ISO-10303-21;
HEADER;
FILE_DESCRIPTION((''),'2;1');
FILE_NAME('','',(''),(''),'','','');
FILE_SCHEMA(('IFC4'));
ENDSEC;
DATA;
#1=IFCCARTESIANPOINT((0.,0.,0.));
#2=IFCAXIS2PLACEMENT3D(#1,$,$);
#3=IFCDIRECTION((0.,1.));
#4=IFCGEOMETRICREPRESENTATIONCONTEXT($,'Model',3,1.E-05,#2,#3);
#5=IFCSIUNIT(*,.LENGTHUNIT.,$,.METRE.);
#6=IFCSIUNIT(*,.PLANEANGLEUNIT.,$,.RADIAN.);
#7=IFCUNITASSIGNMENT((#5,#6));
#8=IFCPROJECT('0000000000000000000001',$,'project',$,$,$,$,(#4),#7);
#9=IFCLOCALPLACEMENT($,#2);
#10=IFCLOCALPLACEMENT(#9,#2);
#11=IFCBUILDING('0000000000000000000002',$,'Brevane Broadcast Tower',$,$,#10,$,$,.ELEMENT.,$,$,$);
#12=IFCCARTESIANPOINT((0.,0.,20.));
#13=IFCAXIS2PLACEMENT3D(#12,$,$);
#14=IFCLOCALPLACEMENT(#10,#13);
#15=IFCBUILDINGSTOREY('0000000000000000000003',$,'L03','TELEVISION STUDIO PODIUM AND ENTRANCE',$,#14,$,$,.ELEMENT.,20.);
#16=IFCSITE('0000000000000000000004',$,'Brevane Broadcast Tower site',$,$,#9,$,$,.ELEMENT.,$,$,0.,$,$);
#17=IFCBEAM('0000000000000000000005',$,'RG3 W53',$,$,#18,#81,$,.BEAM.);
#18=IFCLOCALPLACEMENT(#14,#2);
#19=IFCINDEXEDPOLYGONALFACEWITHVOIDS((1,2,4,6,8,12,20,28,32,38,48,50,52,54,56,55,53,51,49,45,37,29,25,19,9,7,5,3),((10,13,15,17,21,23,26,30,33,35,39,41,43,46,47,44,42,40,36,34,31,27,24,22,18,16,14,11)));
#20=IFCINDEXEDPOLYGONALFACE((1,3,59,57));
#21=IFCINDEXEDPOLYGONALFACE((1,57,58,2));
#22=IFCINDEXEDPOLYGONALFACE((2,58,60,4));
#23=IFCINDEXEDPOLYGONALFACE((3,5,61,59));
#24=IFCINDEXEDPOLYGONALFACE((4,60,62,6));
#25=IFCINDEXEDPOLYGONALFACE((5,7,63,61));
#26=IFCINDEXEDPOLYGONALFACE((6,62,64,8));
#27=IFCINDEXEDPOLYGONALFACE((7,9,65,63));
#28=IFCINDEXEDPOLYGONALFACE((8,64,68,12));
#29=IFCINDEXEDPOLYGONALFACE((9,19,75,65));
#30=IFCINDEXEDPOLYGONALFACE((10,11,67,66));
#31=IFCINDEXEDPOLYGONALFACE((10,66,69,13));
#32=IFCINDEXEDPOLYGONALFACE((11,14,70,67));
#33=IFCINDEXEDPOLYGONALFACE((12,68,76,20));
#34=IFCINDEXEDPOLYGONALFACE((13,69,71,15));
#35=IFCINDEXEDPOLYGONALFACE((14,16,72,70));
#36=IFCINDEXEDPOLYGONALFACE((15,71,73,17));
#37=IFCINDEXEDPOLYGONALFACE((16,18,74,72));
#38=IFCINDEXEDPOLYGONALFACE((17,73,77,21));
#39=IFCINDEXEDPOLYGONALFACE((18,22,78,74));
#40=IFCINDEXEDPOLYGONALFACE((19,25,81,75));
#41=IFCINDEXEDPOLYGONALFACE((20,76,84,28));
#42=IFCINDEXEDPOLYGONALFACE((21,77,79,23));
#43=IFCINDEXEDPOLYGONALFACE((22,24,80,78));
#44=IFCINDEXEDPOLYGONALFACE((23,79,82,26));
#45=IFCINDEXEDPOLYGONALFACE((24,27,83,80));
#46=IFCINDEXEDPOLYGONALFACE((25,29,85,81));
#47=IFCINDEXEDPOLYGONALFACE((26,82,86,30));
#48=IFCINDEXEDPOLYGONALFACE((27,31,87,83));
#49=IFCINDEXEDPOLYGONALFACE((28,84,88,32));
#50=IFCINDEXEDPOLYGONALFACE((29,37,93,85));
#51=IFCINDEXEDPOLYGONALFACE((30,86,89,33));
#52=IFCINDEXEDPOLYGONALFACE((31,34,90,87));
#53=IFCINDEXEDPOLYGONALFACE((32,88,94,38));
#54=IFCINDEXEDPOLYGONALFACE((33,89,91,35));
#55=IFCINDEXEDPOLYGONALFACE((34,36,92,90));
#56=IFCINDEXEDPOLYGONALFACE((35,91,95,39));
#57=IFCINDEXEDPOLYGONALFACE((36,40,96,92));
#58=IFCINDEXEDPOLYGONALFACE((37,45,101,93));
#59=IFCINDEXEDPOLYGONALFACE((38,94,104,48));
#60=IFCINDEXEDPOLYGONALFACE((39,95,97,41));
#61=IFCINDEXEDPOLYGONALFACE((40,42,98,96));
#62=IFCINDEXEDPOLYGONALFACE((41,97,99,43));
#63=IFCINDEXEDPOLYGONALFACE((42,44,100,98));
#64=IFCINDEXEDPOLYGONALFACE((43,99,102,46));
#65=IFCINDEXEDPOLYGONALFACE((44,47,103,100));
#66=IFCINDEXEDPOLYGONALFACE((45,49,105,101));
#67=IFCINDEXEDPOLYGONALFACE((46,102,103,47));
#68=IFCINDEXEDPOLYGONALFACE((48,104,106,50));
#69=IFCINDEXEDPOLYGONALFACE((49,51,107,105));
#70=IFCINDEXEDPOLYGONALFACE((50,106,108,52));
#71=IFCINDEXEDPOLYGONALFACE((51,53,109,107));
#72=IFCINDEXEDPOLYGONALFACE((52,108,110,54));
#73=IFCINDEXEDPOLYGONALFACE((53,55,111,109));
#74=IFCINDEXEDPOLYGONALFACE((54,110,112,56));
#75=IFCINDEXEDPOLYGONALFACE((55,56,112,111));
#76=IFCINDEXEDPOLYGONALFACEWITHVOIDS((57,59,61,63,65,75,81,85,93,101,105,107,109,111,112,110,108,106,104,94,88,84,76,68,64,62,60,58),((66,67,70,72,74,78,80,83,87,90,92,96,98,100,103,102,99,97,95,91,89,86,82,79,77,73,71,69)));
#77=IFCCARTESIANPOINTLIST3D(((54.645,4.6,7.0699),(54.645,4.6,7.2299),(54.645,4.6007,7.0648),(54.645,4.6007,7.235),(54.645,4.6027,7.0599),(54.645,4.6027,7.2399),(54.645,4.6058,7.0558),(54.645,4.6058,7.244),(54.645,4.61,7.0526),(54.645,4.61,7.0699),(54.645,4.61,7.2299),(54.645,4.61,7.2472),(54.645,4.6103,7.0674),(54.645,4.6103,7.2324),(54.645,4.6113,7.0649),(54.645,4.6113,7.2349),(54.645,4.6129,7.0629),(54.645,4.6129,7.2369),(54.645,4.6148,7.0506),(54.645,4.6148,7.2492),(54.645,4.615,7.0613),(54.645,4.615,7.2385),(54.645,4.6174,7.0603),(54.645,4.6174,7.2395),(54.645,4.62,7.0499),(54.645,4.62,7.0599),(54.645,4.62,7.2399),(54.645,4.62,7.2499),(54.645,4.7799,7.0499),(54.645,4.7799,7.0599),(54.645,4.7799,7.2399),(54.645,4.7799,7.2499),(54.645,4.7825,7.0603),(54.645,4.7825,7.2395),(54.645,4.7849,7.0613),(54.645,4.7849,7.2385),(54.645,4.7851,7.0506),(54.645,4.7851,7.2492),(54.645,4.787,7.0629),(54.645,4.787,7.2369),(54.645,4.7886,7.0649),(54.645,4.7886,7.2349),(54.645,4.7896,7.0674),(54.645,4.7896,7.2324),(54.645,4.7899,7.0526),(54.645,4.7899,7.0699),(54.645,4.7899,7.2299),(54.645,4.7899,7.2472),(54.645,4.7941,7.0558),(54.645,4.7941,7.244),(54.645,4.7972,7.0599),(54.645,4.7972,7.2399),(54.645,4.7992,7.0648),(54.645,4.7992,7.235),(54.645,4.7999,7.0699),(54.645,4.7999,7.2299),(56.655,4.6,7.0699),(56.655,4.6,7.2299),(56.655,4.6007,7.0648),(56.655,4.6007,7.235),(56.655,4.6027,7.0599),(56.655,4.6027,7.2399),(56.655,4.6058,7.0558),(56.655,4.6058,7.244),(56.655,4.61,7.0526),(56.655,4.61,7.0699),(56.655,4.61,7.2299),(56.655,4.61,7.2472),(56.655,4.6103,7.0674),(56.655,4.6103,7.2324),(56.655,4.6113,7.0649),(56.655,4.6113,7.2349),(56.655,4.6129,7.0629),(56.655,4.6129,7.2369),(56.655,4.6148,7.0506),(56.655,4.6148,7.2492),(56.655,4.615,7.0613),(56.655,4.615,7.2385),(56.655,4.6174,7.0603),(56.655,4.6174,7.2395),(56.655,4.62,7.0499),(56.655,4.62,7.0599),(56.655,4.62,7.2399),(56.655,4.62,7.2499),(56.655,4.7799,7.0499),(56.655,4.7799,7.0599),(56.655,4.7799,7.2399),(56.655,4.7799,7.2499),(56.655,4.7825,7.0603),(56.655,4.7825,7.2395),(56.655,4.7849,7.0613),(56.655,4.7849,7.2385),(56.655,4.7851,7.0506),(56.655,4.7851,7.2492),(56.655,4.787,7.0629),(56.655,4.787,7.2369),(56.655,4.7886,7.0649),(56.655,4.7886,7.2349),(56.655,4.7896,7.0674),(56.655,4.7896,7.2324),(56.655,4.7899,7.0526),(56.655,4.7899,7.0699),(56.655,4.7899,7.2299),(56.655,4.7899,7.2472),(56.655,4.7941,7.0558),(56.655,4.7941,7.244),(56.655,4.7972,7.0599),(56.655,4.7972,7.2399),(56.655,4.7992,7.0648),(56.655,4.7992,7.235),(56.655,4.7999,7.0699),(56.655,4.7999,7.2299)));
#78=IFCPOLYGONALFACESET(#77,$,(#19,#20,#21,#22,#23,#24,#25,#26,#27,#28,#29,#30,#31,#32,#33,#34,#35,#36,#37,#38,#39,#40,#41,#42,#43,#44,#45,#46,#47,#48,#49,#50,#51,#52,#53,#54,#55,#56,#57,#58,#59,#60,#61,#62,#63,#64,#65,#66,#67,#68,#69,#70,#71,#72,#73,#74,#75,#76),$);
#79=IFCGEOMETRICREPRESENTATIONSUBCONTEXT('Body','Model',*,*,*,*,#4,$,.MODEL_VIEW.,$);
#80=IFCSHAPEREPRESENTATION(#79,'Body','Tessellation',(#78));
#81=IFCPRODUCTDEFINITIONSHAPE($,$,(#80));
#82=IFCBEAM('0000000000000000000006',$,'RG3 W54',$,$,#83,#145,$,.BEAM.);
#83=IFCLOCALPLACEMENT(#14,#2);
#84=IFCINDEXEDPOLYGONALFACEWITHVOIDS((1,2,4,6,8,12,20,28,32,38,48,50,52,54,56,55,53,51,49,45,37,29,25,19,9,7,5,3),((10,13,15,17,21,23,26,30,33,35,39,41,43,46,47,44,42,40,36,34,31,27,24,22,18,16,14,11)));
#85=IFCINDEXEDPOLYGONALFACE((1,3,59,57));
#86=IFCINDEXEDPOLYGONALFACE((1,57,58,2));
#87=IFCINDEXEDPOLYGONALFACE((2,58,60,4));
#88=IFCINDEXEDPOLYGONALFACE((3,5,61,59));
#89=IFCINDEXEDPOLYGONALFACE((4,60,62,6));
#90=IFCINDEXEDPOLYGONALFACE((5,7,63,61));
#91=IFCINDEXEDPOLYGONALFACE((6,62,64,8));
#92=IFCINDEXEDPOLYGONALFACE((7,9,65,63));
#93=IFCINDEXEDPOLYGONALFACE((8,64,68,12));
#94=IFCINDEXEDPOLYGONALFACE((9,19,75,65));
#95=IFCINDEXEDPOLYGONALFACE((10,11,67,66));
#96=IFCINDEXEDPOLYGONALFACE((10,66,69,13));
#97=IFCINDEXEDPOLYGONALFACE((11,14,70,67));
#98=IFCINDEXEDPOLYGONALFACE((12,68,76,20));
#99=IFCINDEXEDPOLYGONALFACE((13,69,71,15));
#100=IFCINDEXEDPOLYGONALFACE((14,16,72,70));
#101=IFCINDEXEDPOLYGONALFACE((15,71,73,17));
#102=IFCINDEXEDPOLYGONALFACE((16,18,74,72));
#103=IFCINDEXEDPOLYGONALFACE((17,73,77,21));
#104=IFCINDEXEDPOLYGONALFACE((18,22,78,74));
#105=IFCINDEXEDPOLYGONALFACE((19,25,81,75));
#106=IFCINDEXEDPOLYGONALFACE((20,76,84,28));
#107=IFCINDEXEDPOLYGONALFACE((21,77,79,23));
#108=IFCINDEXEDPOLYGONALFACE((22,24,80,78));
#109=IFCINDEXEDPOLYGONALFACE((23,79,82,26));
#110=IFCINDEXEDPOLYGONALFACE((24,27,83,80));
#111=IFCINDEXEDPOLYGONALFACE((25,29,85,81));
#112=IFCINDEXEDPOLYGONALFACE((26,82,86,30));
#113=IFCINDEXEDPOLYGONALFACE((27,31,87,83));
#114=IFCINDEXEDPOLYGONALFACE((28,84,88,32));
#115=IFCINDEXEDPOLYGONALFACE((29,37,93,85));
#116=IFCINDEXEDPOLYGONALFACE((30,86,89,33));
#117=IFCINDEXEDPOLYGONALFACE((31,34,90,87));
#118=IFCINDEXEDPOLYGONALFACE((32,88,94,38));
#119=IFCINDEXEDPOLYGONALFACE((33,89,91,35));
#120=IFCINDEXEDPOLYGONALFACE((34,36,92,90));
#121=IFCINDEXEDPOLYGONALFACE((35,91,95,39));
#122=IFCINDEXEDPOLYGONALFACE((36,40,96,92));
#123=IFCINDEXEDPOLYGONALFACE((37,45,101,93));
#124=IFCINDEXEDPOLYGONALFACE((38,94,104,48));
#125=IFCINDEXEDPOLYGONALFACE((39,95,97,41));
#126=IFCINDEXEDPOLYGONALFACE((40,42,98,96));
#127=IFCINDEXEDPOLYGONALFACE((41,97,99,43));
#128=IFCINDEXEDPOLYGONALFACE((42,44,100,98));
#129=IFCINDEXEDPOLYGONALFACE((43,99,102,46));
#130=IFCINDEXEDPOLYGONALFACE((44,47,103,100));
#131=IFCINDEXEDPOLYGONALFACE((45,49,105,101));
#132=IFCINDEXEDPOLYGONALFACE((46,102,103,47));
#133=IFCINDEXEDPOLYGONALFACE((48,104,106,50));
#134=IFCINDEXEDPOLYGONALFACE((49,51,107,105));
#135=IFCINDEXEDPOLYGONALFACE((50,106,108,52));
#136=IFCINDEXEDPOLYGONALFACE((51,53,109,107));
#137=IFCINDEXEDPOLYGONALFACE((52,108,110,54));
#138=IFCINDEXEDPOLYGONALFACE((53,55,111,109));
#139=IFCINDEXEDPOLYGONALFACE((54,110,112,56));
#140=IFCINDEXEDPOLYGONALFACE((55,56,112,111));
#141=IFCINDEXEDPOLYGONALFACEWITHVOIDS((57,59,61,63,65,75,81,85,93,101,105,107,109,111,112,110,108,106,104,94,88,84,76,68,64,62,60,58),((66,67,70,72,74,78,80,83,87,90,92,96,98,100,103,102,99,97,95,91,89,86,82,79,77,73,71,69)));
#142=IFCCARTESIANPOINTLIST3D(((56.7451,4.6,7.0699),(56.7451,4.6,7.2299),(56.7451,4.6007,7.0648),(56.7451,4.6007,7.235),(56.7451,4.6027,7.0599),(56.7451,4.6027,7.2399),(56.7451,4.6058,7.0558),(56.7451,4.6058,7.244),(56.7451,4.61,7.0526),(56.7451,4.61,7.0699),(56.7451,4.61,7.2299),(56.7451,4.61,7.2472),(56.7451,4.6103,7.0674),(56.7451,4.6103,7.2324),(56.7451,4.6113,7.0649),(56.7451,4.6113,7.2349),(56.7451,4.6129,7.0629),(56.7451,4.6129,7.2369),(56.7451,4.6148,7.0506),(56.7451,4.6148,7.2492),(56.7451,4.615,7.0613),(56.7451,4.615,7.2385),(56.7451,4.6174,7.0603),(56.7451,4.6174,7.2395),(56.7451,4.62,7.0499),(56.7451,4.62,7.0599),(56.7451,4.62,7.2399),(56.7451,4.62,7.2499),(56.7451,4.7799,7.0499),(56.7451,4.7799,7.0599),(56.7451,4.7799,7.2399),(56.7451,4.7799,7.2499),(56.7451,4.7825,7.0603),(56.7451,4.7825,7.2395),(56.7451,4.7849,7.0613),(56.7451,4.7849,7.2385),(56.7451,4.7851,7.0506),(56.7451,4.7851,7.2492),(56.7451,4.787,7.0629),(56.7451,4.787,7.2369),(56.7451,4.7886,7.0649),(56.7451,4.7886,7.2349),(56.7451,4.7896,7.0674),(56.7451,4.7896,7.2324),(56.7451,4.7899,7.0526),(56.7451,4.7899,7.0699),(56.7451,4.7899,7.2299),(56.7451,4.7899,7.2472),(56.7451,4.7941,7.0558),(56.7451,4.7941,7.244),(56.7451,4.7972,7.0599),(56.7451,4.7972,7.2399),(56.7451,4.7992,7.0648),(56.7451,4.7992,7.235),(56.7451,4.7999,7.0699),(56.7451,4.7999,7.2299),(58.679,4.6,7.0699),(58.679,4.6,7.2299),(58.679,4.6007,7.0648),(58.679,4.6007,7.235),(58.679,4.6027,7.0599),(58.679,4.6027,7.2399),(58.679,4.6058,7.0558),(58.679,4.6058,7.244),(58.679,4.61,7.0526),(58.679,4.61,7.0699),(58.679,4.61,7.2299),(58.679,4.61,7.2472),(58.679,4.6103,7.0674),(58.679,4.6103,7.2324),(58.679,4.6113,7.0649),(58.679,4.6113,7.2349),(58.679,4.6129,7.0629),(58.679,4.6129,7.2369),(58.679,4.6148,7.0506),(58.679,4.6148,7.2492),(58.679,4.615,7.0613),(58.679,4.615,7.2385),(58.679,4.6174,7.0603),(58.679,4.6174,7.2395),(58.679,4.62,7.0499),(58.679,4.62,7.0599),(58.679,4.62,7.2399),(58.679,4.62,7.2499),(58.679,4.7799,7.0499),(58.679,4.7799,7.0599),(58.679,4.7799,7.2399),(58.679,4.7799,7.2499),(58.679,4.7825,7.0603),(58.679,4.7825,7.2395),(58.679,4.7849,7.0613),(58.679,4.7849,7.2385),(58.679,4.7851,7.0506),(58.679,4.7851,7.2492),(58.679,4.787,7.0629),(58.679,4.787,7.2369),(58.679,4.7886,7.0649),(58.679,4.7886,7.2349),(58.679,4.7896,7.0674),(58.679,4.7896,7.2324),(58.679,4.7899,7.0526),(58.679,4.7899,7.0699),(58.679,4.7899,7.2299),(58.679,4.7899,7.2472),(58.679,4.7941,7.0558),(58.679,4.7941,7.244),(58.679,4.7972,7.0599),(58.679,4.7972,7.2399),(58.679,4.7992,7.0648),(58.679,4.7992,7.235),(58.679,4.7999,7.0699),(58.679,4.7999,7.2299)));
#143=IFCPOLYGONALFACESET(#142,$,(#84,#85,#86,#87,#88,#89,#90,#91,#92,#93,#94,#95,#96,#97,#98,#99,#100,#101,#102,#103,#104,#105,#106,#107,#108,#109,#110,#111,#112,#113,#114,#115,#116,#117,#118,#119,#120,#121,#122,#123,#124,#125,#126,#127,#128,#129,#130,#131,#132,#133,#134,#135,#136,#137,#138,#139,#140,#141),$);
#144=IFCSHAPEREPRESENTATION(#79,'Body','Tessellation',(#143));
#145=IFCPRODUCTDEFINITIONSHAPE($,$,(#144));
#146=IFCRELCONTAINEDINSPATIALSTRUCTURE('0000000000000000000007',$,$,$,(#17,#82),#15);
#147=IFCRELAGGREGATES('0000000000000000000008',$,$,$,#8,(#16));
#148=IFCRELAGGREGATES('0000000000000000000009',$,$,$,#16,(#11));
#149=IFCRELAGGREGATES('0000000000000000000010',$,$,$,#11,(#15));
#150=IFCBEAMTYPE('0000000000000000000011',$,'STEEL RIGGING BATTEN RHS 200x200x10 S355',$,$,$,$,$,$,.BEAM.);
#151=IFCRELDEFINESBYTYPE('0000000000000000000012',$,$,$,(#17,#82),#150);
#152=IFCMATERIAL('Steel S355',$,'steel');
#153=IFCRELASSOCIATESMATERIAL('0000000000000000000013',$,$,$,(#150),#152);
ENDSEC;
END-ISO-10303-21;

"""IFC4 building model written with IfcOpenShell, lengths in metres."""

from ifc_helpers import new_model, si_unit, direction, frame, origin, origin_2d, place, context, subcontext, project, spatial, hollow_rectangle, extrude, material, material_profile, profile_set, type_object, element, save


model = new_model("IFC4")

# Units and contexts
model_context = context("Model", 3, precision=1e-05, world=origin(), true_north=direction((0.0, 1.0)))
body_context = subcontext(model_context, "Body", "Model", "MODEL_VIEW")
ifc_project = project(units=[si_unit("LENGTHUNIT", "METRE"), si_unit("PLANEANGLEUNIT", "RADIAN")], contexts=[model_context])

# Site, building, storey
site_placement = place(None, origin())
site = spatial("IfcSite", under=ifc_project, at=site_placement, Name="Brevane Broadcast Tower site", CompositionType="ELEMENT", RefElevation=0.0)
building_placement = place(site_placement, origin())
building = spatial("IfcBuilding", under=site, at=building_placement, Name="Brevane Broadcast Tower", CompositionType="ELEMENT")
storey_placement = place(building_placement, frame((0.0, 0.0, 20.0)))
storey = spatial("IfcBuildingStorey", under=building, at=storey_placement, Name="L03", Description="TELEVISION STUDIO PODIUM AND ENTRANCE", CompositionType="ELEMENT", Elevation=20.0)

# Beams
ifc_material_1 = material(Name="Steel S355", Category="steel")
ifc_material_profile_1 = material_profile(ifc_material_1, hollow_rectangle(XDim=0.2, YDim=0.2, WallThickness=0.01, InnerFilletRadius=0.01, OuterFilletRadius=0.02, at=origin_2d()), Name="RHS 200x200x10")
ifc_profile_set_1 = profile_set([ifc_material_profile_1], Name="Steel S355")
beam_type_1 = type_object("IfcBeamType", Name="STEEL RIGGING BATTEN RHS 200x200x10 S355", PredefinedType="BEAM", material=ifc_profile_set_1)
beam_1_placement = place(storey_placement, frame((54.645, 4.7, 7.1499), z_axis=(1.0, 0.0, 0.0), x_axis=(0.0, 1.0, 0.0)))
element("IfcBeam", 1, at=beam_1_placement, inside=storey, type_object=beam_type_1, Name="RG3 W53", PredefinedType="BEAM", context=body_context, shape_type="SweptSolid", body=[
    extrude(hollow_rectangle(XDim=0.2, YDim=0.2, WallThickness=0.01, InnerFilletRadius=0.01, OuterFilletRadius=0.02, at=origin_2d()), origin(), (0.0, 0.0, 1.0), 2.01),
])
beam_2_placement = place(storey_placement, frame((56.7451, 4.7, 7.1499), z_axis=(1.0, 0.0, 0.0), x_axis=(0.0, 1.0, 0.0)))
element("IfcBeam", 2, at=beam_2_placement, inside=storey, type_object=beam_type_1, Name="RG3 W54", PredefinedType="BEAM", context=body_context, shape_type="SweptSolid", body=[
    extrude(hollow_rectangle(XDim=0.2, YDim=0.2, WallThickness=0.01, InnerFilletRadius=0.01, OuterFilletRadius=0.02, at=origin_2d()), origin(), (0.0, 0.0, 1.0), 1.9338),
])

save(model, "model.ifc")
